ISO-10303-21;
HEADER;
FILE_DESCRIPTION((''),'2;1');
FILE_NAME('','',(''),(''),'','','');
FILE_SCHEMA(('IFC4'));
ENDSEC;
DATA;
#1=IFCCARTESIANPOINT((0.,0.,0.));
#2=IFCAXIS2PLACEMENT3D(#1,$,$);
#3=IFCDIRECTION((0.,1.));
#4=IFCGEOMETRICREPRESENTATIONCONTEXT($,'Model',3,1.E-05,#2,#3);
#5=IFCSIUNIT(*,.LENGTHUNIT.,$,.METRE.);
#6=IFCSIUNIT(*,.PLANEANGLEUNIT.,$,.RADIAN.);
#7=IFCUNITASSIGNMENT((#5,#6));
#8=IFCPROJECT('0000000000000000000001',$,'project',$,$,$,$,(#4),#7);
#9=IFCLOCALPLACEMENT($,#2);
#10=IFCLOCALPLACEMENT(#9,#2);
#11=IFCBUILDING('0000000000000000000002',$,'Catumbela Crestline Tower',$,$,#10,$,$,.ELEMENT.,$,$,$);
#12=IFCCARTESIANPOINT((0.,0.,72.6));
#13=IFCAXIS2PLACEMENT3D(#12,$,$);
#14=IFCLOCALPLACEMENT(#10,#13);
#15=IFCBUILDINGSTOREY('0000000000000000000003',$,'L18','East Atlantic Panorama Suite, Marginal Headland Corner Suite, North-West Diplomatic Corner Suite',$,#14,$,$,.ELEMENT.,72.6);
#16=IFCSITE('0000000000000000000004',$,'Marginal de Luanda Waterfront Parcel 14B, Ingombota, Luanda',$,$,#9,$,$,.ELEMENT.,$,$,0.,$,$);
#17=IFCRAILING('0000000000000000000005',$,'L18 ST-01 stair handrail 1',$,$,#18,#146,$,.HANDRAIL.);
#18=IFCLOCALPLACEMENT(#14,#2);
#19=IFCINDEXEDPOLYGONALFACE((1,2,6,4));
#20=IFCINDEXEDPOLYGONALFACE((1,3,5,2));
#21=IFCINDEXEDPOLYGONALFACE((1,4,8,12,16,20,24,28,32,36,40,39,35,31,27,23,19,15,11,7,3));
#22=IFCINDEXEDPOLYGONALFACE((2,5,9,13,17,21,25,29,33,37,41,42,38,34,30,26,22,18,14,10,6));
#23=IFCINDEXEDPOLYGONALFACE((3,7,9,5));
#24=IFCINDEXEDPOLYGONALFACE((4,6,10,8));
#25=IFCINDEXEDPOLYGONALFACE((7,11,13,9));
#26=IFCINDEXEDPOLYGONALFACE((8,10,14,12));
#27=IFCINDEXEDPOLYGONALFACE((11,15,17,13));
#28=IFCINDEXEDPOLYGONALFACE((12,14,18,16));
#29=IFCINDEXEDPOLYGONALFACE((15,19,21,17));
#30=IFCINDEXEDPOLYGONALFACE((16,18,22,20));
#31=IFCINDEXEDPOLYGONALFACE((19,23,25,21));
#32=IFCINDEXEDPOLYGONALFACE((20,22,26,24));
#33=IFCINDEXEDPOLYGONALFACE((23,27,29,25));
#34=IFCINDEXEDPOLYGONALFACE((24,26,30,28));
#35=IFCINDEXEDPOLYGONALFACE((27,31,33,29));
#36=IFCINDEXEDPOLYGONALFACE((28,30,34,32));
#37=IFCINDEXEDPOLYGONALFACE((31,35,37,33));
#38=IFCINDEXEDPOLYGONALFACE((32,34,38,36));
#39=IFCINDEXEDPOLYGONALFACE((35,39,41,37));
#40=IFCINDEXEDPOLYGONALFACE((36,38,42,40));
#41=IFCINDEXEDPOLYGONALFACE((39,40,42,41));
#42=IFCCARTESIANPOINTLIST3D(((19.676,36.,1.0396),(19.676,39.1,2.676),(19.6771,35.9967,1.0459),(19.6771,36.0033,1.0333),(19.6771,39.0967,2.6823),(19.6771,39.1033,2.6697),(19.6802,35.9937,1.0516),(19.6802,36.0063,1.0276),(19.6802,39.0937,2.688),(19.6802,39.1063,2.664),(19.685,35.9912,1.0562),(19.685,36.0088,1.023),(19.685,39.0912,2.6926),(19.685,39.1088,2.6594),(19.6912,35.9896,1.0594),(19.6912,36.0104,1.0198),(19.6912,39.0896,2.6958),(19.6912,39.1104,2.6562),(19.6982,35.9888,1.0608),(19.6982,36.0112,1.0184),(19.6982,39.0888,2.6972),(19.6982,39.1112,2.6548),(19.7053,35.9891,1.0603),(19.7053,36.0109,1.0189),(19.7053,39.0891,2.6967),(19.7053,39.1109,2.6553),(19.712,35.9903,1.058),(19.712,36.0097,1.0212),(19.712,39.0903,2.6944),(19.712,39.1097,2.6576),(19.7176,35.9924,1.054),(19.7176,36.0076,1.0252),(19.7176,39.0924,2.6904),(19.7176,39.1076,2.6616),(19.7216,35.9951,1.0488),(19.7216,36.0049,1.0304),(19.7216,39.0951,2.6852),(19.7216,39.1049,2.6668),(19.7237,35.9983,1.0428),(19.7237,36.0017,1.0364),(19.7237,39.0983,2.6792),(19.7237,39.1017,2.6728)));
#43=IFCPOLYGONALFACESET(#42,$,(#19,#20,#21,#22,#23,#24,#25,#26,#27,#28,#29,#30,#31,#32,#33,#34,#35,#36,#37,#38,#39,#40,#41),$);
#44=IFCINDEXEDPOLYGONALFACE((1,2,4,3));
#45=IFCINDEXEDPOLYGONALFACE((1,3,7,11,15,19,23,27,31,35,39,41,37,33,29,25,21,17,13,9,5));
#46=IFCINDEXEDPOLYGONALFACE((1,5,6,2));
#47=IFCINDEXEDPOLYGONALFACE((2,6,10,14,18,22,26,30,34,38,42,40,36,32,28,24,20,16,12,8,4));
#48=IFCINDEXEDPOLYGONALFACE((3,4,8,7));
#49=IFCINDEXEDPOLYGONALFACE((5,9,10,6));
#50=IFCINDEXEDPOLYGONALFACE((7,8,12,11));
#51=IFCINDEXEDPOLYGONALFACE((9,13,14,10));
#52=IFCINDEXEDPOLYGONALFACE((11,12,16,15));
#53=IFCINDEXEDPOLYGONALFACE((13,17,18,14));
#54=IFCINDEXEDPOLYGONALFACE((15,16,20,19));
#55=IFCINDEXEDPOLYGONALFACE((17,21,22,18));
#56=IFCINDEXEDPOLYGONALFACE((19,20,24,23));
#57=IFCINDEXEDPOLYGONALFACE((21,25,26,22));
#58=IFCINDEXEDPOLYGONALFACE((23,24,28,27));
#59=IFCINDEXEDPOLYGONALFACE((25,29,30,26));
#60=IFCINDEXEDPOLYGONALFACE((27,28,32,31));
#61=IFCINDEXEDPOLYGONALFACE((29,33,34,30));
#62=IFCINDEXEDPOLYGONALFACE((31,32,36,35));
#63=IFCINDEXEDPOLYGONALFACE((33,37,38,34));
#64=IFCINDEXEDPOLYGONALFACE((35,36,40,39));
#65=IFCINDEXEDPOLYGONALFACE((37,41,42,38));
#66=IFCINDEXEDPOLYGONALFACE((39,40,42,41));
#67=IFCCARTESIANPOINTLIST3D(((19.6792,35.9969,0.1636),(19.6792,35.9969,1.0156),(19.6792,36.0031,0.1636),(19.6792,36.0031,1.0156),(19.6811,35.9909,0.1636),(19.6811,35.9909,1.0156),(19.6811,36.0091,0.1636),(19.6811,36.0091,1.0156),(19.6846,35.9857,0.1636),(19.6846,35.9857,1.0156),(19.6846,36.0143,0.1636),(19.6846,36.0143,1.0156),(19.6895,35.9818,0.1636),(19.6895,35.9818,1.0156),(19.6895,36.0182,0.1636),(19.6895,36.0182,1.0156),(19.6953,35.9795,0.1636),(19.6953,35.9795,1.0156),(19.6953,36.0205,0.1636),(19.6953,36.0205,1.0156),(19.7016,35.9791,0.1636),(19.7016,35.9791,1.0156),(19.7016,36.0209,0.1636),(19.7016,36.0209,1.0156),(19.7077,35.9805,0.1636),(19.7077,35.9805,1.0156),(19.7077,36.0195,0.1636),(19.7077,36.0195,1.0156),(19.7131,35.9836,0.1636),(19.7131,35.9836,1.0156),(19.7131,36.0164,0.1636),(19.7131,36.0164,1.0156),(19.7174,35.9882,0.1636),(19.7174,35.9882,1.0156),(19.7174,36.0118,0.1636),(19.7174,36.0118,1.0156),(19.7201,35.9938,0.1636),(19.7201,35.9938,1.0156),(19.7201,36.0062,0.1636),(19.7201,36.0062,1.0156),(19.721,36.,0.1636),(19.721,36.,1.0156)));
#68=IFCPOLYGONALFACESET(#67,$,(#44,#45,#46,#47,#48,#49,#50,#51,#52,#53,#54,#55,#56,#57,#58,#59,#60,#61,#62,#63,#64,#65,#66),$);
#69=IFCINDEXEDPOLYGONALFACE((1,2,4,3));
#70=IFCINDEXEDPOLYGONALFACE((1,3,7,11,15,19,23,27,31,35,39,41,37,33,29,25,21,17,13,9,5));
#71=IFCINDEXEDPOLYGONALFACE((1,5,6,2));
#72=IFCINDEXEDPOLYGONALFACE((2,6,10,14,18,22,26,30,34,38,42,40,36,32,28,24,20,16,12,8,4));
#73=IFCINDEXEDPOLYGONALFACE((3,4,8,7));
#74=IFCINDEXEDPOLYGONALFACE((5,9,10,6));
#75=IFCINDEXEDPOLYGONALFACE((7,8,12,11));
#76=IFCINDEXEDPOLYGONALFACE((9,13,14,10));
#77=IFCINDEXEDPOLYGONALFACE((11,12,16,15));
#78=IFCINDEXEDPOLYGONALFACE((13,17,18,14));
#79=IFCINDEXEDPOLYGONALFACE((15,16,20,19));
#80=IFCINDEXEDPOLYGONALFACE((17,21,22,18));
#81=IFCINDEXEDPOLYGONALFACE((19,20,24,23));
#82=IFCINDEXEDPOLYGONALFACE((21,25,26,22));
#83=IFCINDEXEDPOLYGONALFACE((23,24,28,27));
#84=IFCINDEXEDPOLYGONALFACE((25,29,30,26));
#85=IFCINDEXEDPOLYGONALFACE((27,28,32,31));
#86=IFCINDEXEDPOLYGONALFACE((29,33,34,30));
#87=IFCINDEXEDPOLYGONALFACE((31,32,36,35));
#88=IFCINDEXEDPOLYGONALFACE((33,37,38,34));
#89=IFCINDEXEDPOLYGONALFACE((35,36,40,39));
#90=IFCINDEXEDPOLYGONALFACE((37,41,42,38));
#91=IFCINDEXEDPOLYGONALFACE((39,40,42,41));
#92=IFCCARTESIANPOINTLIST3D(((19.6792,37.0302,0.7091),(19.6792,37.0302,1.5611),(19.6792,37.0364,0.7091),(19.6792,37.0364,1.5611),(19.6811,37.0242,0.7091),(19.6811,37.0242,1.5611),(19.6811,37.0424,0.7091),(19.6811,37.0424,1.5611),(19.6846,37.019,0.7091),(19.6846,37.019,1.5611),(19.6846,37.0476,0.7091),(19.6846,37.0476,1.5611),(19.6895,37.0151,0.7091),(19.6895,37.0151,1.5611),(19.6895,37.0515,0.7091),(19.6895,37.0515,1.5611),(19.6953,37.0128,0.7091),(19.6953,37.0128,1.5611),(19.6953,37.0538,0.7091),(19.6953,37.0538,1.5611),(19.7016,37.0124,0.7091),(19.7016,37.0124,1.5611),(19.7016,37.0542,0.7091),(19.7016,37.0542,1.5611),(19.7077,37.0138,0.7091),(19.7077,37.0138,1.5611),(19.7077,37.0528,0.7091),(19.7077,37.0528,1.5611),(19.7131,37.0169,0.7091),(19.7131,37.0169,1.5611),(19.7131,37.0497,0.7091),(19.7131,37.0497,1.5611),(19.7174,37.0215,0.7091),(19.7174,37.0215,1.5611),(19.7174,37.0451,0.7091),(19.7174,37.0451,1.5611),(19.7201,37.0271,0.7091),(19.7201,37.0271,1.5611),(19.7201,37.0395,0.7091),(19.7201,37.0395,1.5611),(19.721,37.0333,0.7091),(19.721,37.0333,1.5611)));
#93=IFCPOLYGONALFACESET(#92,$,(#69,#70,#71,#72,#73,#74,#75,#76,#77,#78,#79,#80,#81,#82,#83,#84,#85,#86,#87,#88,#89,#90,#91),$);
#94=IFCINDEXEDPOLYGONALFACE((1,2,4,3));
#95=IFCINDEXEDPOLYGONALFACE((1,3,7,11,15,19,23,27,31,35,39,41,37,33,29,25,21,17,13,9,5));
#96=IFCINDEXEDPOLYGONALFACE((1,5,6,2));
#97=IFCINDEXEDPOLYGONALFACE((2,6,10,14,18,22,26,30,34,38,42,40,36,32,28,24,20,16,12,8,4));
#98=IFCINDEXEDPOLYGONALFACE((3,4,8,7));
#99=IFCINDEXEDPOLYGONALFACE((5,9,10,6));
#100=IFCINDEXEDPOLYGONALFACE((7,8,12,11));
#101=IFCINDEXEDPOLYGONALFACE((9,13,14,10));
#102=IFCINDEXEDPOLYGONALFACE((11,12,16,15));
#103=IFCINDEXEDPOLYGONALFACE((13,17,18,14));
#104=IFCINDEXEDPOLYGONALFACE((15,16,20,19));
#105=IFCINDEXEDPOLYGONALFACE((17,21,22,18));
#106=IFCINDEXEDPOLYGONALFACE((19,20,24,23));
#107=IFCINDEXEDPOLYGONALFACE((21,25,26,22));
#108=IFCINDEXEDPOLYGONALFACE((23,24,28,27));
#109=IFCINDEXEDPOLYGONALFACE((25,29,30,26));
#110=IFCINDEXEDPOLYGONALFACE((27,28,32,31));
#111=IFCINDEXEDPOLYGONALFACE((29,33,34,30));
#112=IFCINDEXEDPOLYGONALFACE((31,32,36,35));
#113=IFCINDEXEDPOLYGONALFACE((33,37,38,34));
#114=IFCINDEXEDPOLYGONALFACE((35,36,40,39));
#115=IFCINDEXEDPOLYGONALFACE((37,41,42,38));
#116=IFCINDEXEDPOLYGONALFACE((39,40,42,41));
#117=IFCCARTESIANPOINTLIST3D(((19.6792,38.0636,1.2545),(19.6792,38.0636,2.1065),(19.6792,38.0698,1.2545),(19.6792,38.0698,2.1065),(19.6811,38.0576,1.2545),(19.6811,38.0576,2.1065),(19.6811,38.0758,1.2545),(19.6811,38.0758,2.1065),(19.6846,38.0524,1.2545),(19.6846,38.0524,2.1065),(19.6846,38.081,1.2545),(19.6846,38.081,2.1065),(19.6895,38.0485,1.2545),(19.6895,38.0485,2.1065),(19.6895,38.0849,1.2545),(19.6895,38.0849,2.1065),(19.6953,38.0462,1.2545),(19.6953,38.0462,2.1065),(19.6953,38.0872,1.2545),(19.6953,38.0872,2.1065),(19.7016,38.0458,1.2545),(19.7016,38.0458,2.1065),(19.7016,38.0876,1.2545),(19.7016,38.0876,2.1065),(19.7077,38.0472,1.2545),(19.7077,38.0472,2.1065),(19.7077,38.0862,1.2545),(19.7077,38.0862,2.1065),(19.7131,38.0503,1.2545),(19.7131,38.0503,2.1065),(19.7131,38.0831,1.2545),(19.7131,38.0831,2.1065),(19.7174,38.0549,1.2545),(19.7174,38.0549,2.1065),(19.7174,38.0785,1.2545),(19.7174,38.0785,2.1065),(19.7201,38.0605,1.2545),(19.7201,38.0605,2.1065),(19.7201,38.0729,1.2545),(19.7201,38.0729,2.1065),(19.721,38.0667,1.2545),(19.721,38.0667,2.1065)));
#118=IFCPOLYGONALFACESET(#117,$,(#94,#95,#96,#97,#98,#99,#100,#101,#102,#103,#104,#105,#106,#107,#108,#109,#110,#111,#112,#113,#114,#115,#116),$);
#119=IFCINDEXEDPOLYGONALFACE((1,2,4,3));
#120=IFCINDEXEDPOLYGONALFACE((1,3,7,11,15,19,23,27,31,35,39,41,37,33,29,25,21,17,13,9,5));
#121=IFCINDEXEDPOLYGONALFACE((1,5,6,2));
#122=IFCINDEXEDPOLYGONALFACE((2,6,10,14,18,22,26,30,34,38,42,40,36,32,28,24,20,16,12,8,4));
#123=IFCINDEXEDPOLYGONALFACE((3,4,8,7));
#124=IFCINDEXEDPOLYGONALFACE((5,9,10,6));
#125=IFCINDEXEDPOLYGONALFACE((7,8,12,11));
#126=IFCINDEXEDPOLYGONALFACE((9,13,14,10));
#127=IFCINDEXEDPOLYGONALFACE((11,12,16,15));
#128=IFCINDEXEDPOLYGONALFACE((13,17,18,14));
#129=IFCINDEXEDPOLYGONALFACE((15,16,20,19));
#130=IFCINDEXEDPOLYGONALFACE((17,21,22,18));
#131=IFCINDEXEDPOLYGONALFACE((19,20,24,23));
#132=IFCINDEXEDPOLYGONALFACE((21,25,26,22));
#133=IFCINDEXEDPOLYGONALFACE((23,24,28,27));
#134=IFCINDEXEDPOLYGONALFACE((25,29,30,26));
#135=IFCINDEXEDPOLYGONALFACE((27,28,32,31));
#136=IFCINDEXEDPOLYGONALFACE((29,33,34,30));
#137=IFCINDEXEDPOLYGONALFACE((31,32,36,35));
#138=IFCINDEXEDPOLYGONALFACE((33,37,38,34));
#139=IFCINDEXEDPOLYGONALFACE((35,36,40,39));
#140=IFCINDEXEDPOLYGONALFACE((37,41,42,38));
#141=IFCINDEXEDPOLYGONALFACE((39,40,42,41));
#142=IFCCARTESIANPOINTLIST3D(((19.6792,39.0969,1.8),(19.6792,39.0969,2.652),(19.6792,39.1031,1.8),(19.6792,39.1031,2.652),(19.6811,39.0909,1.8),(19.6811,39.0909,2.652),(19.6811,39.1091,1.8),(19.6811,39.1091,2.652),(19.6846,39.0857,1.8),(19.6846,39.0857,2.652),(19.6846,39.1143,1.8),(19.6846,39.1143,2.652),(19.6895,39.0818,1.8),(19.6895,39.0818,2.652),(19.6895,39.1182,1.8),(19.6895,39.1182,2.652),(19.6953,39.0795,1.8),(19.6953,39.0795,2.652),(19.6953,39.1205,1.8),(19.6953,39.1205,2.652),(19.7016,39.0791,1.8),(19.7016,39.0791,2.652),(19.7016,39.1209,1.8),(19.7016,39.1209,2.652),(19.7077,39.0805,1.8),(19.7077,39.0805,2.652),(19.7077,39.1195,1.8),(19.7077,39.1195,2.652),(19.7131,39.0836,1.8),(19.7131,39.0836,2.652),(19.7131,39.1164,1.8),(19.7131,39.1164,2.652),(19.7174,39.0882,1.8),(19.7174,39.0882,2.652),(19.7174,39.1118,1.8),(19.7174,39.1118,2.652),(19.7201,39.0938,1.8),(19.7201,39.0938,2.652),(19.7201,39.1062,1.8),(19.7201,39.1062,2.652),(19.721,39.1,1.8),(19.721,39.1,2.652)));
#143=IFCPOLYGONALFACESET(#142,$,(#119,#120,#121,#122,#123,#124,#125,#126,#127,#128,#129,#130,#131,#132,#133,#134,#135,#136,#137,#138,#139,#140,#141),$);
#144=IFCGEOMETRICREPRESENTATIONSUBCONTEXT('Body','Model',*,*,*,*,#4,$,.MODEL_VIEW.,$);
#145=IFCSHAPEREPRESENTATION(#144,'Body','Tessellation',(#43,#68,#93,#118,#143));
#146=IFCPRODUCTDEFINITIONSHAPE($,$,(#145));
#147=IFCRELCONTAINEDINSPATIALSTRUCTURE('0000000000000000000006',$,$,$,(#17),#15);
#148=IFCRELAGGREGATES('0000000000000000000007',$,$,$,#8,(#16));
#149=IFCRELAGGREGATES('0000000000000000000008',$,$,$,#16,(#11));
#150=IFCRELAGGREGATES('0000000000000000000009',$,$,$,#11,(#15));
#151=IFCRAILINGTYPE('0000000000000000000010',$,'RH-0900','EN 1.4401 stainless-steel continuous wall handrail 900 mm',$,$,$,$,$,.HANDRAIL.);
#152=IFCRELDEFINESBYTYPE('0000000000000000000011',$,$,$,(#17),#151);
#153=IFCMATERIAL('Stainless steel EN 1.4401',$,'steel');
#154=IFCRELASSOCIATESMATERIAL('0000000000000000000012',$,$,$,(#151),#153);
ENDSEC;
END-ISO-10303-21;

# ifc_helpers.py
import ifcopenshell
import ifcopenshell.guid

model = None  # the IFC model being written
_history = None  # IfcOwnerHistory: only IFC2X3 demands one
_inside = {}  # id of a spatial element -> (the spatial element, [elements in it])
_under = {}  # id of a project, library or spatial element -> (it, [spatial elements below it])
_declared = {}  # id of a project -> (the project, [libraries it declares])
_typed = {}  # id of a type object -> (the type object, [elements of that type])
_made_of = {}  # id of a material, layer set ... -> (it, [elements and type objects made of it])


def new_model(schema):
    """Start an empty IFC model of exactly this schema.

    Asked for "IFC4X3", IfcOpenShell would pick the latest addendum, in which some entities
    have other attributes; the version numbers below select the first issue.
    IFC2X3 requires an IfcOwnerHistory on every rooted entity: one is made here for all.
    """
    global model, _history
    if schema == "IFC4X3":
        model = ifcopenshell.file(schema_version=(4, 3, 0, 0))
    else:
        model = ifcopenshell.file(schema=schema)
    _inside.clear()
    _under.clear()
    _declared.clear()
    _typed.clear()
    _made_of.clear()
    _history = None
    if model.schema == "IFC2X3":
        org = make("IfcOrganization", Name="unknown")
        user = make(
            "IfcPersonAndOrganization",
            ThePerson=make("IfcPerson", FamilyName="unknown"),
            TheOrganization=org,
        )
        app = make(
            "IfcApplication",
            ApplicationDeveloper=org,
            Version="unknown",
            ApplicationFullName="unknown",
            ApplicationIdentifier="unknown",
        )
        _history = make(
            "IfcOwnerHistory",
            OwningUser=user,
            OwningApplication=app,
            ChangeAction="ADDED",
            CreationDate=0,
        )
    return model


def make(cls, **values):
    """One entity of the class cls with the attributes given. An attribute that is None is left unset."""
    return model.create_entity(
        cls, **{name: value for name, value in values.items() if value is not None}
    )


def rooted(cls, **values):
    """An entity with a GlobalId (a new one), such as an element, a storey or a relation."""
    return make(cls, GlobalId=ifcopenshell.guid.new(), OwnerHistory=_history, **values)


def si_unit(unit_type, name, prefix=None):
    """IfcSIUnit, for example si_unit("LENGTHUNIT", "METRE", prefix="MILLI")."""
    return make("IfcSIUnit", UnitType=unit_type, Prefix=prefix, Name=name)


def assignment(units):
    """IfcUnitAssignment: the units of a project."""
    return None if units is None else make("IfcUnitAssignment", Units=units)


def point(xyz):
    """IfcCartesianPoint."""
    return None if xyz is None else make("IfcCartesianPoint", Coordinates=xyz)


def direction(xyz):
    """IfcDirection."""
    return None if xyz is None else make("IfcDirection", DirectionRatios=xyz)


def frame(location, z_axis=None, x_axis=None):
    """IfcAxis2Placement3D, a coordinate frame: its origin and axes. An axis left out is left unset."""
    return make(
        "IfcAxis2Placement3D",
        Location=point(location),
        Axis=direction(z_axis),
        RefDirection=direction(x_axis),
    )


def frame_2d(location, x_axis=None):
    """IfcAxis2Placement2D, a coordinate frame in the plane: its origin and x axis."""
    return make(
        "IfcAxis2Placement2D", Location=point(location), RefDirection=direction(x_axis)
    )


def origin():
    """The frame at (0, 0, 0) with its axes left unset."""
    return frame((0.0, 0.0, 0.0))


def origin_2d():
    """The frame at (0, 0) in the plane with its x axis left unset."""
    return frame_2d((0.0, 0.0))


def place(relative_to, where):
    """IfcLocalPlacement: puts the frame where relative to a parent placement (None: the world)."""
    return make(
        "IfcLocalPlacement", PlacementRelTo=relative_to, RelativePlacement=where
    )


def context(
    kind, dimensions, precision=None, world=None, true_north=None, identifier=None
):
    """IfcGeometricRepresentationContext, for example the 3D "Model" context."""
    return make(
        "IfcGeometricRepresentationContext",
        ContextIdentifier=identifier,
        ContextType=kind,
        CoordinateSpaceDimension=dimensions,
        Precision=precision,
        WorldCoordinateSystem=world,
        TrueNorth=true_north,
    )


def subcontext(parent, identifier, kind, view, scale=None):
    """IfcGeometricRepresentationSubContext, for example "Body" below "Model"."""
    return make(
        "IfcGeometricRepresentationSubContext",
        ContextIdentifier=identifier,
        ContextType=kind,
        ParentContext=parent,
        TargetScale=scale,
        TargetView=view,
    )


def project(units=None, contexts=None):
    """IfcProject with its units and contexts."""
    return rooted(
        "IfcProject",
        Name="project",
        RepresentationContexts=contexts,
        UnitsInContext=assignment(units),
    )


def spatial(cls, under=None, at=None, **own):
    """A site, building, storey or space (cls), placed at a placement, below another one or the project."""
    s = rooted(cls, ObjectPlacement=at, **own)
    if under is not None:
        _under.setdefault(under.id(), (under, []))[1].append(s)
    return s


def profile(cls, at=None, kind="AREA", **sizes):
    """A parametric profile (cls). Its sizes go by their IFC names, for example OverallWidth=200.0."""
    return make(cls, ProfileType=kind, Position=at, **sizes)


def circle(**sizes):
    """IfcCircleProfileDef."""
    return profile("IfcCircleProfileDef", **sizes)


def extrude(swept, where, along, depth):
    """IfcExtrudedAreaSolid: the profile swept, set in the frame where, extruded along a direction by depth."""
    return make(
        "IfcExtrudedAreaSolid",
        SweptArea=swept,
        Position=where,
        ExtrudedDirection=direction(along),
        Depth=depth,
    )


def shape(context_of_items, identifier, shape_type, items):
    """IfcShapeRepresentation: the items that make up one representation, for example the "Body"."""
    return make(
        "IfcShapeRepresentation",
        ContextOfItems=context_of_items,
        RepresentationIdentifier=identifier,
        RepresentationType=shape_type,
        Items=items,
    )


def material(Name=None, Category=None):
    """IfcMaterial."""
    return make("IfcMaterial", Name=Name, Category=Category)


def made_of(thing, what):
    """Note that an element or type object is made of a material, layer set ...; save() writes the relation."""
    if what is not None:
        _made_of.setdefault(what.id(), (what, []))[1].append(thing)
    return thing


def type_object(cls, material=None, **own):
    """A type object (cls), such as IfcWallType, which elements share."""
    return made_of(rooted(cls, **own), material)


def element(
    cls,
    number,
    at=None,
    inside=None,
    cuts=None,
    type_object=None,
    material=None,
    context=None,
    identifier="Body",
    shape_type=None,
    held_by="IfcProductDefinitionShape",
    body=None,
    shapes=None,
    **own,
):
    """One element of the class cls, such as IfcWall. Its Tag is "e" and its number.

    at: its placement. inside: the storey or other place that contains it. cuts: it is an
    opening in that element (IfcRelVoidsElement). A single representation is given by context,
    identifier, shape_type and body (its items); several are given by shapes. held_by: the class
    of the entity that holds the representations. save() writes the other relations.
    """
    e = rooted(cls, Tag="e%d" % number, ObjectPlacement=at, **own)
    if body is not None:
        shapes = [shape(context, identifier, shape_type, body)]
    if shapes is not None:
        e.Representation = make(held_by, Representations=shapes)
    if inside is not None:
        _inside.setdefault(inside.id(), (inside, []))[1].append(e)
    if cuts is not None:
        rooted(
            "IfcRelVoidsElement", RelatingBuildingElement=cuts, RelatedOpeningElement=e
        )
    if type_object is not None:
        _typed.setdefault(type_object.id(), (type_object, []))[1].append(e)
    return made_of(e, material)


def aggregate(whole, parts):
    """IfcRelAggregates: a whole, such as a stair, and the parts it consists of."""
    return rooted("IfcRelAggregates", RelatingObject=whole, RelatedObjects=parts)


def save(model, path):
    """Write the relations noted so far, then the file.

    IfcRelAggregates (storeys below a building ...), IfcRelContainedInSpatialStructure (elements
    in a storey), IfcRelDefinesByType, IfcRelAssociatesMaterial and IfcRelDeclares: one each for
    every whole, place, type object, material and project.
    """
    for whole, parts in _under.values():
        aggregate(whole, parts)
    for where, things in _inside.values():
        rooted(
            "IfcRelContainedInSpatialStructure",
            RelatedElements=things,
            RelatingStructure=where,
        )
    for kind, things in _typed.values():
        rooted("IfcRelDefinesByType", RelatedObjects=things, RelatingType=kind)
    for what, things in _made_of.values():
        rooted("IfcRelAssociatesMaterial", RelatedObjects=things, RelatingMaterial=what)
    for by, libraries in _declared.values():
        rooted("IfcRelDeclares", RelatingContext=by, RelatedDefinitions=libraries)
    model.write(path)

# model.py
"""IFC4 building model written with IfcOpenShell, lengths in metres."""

from ifc_helpers import new_model, si_unit, direction, frame, origin, origin_2d, place, context, subcontext, project, spatial, circle, extrude, material, type_object, element, save


model = new_model("IFC4")

# Units and contexts
model_context = context("Model", 3, precision=1e-05, world=origin(), true_north=direction((0.0, 1.0)))
body_context = subcontext(model_context, "Body", "Model", "MODEL_VIEW")
ifc_project = project(units=[si_unit("LENGTHUNIT", "METRE"), si_unit("PLANEANGLEUNIT", "RADIAN")], contexts=[model_context])

# Site, building, storey
site_placement = place(None, origin())
site = spatial("IfcSite", under=ifc_project, at=site_placement, Name="Marginal de Luanda Waterfront Parcel 14B, Ingombota, Luanda", CompositionType="ELEMENT", RefElevation=0.0)
building_placement = place(site_placement, origin())
building = spatial("IfcBuilding", under=site, at=building_placement, Name="Catumbela Crestline Tower", CompositionType="ELEMENT")
storey_placement = place(building_placement, frame((0.0, 0.0, 72.6)))
storey = spatial("IfcBuildingStorey", under=building, at=storey_placement, Name="L18", Description="East Atlantic Panorama Suite, Marginal Headland Corner Suite, North-West Diplomatic Corner Suite", CompositionType="ELEMENT", Elevation=72.6)

# Shared definitions
ifc_material_1 = material(Name="Stainless steel EN 1.4401", Category="steel")

# Railing
railing_type = type_object("IfcRailingType", Name="RH-0900", Description="EN 1.4401 stainless-steel continuous wall handrail 900 mm", PredefinedType="HANDRAIL", material=ifc_material_1)
railing_placement = place(storey_placement, frame((19.7, 36.0, 0.1636)))
element("IfcRailing", 1, at=railing_placement, inside=storey, type_object=railing_type, Name="L18 ST-01 stair handrail 1", PredefinedType="HANDRAIL", context=body_context, shape_type="SweptSolid", body=[
    extrude(circle(Radius=0.024, at=origin_2d()), frame((0.0, 0.0, 0.876), z_axis=(0.0, 0.884351, 0.466823), x_axis=(-1.0, 0.0, 0.0)), (0.0, 0.0, 1.0), 3.5054),
    extrude(circle(Radius=0.021, at=origin_2d()), origin(), (0.0, 0.0, 1.0), 0.852),
    extrude(circle(Radius=0.021, at=origin_2d()), frame((0.0, 1.0333, 0.5455)), (0.0, 0.0, 1.0), 0.852),
    extrude(circle(Radius=0.021, at=origin_2d()), frame((0.0, 2.0667, 1.0909)), (0.0, 0.0, 1.0), 0.852),
    extrude(circle(Radius=0.021, at=origin_2d()), frame((0.0, 3.1, 1.6364)), (0.0, 0.0, 1.0), 0.852),
])

save(model, "model.ifc")
